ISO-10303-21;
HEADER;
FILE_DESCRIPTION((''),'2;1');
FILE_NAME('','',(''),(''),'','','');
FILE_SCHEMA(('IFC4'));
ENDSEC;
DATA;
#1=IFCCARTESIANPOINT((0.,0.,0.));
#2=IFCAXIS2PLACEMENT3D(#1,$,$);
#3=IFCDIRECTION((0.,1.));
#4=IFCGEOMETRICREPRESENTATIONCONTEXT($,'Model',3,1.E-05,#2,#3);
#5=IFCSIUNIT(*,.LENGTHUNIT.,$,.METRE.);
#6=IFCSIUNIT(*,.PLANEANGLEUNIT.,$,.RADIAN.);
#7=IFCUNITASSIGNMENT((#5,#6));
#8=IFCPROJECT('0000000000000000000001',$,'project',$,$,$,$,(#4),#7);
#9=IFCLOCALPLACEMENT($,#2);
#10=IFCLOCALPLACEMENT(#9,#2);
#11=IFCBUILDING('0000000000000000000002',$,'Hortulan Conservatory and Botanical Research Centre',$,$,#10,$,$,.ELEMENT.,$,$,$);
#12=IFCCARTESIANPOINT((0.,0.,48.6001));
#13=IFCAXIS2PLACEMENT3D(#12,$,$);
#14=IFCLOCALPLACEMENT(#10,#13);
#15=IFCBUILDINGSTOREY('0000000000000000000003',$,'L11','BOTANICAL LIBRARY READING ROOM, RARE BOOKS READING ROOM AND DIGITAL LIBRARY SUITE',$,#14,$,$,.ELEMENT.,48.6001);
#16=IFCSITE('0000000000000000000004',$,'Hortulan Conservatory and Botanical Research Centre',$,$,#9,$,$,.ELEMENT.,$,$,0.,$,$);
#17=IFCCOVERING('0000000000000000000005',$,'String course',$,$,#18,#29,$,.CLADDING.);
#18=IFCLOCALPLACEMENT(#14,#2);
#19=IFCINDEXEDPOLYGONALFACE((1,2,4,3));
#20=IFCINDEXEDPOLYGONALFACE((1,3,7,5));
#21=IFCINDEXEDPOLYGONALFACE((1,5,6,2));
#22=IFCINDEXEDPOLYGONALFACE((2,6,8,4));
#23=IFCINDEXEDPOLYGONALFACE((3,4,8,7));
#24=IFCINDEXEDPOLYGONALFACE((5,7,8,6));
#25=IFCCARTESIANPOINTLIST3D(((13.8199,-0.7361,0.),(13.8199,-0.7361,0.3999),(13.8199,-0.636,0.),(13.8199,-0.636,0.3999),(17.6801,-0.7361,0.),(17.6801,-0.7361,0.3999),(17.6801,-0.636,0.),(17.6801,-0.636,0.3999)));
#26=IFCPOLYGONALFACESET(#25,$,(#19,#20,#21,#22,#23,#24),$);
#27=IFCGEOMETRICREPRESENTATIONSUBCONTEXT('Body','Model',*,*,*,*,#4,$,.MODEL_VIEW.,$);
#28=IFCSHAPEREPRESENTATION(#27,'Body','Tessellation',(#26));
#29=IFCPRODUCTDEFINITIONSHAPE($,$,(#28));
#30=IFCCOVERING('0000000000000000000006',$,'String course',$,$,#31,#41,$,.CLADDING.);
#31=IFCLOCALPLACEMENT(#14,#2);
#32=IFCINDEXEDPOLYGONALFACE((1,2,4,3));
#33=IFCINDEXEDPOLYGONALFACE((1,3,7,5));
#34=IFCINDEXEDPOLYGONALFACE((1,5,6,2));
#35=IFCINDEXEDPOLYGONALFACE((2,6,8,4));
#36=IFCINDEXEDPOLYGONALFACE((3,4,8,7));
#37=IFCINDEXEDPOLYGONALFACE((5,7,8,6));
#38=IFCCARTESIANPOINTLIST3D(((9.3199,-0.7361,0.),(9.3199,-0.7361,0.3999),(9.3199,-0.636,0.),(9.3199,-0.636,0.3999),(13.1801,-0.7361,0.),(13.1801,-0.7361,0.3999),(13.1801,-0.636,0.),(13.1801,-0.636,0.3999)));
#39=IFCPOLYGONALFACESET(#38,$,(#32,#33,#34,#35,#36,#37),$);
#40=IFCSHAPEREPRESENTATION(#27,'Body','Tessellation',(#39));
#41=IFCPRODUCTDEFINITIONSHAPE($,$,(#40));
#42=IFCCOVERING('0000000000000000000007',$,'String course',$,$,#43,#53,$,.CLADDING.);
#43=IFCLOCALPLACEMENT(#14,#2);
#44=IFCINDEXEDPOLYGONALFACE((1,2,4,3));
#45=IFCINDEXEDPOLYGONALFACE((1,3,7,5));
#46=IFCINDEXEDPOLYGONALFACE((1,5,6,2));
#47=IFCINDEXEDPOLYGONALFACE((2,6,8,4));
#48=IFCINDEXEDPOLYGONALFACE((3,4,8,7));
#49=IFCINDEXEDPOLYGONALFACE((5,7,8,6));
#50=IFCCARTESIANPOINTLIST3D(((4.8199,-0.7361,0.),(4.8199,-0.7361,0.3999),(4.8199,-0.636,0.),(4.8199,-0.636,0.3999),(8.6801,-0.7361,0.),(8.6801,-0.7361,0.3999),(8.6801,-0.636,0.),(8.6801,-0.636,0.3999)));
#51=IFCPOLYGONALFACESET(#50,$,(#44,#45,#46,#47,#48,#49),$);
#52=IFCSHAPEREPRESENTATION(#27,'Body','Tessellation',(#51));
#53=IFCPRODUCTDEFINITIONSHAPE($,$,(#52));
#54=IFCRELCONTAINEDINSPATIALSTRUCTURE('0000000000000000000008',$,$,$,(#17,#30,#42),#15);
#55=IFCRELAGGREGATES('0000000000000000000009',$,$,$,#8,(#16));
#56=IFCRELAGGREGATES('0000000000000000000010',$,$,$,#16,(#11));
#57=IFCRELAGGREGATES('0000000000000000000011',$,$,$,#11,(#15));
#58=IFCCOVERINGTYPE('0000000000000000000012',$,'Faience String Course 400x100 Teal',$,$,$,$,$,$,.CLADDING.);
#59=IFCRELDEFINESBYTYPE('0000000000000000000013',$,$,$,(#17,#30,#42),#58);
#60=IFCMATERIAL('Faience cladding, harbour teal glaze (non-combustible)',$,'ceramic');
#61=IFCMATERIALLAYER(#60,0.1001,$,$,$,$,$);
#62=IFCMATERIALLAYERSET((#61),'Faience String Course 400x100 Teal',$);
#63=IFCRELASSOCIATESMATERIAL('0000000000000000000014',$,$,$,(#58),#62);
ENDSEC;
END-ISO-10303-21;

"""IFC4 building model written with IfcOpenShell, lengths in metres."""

from ifc_helpers import new_model, si_unit, direction, frame, origin, origin_2d, place, context, subcontext, project, spatial, rectangle, extrude, material, layer, layer_set, type_object, element, save


model = new_model("IFC4")

# Units and contexts
model_context = context("Model", 3, precision=1e-05, world=origin(), true_north=direction((0.0, 1.0)))
body_context = subcontext(model_context, "Body", "Model", "MODEL_VIEW")
ifc_project = project(units=[si_unit("LENGTHUNIT", "METRE"), si_unit("PLANEANGLEUNIT", "RADIAN")], contexts=[model_context])

# Site, building, storey
site_placement = place(None, origin())
site = spatial("IfcSite", under=ifc_project, at=site_placement, Name="Hortulan Conservatory and Botanical Research Centre", CompositionType="ELEMENT", RefElevation=0.0)
building_placement = place(site_placement, origin())
building = spatial("IfcBuilding", under=site, at=building_placement, Name="Hortulan Conservatory and Botanical Research Centre", CompositionType="ELEMENT")
storey_placement = place(building_placement, frame((0.0, 0.0, 48.6001)))
storey = spatial("IfcBuildingStorey", under=building, at=storey_placement, Name="L11", Description="BOTANICAL LIBRARY READING ROOM, RARE BOOKS READING ROOM AND DIGITAL LIBRARY SUITE", CompositionType="ELEMENT", Elevation=48.6001)

# Coverings
ifc_material_1 = material(Name="Faience cladding, harbour teal glaze (non-combustible)", Category="ceramic")
ifc_layer_1 = layer(ifc_material_1, 0.1001)
ifc_layer_set_1 = layer_set([ifc_layer_1], Name="Faience String Course 400x100 Teal")
covering_type_1 = type_object("IfcCoveringType", Name="Faience String Course 400x100 Teal", PredefinedType="CLADDING", material=ifc_layer_set_1)
for number, where, z_axis, x_axis, name in (
    (1, (15.75, -0.686, 0.0), (0.0, 0.0, 1.0), (-1.0, 0.0, 0.0), "String course"),
    (2, (11.25, -0.686, 0.0), (0.0, 0.0, 1.0), (-1.0, 0.0, 0.0), "String course"),
    (3, (6.75, -0.686, 0.0), (0.0, 0.0, 1.0), (-1.0, 0.0, 0.0), "String course"),
):
    element("IfcCovering", number, at=place(storey_placement, frame(where, z_axis=z_axis, x_axis=x_axis)), inside=storey, type_object=covering_type_1, Name=name, PredefinedType="CLADDING", context=body_context, shape_type="SweptSolid", body=[
        extrude(rectangle(XDim=3.8601, YDim=0.1001, at=origin_2d()), origin(), (0.0, 0.0, 1.0), 0.3999),
    ])

save(model, "model.ifc")
